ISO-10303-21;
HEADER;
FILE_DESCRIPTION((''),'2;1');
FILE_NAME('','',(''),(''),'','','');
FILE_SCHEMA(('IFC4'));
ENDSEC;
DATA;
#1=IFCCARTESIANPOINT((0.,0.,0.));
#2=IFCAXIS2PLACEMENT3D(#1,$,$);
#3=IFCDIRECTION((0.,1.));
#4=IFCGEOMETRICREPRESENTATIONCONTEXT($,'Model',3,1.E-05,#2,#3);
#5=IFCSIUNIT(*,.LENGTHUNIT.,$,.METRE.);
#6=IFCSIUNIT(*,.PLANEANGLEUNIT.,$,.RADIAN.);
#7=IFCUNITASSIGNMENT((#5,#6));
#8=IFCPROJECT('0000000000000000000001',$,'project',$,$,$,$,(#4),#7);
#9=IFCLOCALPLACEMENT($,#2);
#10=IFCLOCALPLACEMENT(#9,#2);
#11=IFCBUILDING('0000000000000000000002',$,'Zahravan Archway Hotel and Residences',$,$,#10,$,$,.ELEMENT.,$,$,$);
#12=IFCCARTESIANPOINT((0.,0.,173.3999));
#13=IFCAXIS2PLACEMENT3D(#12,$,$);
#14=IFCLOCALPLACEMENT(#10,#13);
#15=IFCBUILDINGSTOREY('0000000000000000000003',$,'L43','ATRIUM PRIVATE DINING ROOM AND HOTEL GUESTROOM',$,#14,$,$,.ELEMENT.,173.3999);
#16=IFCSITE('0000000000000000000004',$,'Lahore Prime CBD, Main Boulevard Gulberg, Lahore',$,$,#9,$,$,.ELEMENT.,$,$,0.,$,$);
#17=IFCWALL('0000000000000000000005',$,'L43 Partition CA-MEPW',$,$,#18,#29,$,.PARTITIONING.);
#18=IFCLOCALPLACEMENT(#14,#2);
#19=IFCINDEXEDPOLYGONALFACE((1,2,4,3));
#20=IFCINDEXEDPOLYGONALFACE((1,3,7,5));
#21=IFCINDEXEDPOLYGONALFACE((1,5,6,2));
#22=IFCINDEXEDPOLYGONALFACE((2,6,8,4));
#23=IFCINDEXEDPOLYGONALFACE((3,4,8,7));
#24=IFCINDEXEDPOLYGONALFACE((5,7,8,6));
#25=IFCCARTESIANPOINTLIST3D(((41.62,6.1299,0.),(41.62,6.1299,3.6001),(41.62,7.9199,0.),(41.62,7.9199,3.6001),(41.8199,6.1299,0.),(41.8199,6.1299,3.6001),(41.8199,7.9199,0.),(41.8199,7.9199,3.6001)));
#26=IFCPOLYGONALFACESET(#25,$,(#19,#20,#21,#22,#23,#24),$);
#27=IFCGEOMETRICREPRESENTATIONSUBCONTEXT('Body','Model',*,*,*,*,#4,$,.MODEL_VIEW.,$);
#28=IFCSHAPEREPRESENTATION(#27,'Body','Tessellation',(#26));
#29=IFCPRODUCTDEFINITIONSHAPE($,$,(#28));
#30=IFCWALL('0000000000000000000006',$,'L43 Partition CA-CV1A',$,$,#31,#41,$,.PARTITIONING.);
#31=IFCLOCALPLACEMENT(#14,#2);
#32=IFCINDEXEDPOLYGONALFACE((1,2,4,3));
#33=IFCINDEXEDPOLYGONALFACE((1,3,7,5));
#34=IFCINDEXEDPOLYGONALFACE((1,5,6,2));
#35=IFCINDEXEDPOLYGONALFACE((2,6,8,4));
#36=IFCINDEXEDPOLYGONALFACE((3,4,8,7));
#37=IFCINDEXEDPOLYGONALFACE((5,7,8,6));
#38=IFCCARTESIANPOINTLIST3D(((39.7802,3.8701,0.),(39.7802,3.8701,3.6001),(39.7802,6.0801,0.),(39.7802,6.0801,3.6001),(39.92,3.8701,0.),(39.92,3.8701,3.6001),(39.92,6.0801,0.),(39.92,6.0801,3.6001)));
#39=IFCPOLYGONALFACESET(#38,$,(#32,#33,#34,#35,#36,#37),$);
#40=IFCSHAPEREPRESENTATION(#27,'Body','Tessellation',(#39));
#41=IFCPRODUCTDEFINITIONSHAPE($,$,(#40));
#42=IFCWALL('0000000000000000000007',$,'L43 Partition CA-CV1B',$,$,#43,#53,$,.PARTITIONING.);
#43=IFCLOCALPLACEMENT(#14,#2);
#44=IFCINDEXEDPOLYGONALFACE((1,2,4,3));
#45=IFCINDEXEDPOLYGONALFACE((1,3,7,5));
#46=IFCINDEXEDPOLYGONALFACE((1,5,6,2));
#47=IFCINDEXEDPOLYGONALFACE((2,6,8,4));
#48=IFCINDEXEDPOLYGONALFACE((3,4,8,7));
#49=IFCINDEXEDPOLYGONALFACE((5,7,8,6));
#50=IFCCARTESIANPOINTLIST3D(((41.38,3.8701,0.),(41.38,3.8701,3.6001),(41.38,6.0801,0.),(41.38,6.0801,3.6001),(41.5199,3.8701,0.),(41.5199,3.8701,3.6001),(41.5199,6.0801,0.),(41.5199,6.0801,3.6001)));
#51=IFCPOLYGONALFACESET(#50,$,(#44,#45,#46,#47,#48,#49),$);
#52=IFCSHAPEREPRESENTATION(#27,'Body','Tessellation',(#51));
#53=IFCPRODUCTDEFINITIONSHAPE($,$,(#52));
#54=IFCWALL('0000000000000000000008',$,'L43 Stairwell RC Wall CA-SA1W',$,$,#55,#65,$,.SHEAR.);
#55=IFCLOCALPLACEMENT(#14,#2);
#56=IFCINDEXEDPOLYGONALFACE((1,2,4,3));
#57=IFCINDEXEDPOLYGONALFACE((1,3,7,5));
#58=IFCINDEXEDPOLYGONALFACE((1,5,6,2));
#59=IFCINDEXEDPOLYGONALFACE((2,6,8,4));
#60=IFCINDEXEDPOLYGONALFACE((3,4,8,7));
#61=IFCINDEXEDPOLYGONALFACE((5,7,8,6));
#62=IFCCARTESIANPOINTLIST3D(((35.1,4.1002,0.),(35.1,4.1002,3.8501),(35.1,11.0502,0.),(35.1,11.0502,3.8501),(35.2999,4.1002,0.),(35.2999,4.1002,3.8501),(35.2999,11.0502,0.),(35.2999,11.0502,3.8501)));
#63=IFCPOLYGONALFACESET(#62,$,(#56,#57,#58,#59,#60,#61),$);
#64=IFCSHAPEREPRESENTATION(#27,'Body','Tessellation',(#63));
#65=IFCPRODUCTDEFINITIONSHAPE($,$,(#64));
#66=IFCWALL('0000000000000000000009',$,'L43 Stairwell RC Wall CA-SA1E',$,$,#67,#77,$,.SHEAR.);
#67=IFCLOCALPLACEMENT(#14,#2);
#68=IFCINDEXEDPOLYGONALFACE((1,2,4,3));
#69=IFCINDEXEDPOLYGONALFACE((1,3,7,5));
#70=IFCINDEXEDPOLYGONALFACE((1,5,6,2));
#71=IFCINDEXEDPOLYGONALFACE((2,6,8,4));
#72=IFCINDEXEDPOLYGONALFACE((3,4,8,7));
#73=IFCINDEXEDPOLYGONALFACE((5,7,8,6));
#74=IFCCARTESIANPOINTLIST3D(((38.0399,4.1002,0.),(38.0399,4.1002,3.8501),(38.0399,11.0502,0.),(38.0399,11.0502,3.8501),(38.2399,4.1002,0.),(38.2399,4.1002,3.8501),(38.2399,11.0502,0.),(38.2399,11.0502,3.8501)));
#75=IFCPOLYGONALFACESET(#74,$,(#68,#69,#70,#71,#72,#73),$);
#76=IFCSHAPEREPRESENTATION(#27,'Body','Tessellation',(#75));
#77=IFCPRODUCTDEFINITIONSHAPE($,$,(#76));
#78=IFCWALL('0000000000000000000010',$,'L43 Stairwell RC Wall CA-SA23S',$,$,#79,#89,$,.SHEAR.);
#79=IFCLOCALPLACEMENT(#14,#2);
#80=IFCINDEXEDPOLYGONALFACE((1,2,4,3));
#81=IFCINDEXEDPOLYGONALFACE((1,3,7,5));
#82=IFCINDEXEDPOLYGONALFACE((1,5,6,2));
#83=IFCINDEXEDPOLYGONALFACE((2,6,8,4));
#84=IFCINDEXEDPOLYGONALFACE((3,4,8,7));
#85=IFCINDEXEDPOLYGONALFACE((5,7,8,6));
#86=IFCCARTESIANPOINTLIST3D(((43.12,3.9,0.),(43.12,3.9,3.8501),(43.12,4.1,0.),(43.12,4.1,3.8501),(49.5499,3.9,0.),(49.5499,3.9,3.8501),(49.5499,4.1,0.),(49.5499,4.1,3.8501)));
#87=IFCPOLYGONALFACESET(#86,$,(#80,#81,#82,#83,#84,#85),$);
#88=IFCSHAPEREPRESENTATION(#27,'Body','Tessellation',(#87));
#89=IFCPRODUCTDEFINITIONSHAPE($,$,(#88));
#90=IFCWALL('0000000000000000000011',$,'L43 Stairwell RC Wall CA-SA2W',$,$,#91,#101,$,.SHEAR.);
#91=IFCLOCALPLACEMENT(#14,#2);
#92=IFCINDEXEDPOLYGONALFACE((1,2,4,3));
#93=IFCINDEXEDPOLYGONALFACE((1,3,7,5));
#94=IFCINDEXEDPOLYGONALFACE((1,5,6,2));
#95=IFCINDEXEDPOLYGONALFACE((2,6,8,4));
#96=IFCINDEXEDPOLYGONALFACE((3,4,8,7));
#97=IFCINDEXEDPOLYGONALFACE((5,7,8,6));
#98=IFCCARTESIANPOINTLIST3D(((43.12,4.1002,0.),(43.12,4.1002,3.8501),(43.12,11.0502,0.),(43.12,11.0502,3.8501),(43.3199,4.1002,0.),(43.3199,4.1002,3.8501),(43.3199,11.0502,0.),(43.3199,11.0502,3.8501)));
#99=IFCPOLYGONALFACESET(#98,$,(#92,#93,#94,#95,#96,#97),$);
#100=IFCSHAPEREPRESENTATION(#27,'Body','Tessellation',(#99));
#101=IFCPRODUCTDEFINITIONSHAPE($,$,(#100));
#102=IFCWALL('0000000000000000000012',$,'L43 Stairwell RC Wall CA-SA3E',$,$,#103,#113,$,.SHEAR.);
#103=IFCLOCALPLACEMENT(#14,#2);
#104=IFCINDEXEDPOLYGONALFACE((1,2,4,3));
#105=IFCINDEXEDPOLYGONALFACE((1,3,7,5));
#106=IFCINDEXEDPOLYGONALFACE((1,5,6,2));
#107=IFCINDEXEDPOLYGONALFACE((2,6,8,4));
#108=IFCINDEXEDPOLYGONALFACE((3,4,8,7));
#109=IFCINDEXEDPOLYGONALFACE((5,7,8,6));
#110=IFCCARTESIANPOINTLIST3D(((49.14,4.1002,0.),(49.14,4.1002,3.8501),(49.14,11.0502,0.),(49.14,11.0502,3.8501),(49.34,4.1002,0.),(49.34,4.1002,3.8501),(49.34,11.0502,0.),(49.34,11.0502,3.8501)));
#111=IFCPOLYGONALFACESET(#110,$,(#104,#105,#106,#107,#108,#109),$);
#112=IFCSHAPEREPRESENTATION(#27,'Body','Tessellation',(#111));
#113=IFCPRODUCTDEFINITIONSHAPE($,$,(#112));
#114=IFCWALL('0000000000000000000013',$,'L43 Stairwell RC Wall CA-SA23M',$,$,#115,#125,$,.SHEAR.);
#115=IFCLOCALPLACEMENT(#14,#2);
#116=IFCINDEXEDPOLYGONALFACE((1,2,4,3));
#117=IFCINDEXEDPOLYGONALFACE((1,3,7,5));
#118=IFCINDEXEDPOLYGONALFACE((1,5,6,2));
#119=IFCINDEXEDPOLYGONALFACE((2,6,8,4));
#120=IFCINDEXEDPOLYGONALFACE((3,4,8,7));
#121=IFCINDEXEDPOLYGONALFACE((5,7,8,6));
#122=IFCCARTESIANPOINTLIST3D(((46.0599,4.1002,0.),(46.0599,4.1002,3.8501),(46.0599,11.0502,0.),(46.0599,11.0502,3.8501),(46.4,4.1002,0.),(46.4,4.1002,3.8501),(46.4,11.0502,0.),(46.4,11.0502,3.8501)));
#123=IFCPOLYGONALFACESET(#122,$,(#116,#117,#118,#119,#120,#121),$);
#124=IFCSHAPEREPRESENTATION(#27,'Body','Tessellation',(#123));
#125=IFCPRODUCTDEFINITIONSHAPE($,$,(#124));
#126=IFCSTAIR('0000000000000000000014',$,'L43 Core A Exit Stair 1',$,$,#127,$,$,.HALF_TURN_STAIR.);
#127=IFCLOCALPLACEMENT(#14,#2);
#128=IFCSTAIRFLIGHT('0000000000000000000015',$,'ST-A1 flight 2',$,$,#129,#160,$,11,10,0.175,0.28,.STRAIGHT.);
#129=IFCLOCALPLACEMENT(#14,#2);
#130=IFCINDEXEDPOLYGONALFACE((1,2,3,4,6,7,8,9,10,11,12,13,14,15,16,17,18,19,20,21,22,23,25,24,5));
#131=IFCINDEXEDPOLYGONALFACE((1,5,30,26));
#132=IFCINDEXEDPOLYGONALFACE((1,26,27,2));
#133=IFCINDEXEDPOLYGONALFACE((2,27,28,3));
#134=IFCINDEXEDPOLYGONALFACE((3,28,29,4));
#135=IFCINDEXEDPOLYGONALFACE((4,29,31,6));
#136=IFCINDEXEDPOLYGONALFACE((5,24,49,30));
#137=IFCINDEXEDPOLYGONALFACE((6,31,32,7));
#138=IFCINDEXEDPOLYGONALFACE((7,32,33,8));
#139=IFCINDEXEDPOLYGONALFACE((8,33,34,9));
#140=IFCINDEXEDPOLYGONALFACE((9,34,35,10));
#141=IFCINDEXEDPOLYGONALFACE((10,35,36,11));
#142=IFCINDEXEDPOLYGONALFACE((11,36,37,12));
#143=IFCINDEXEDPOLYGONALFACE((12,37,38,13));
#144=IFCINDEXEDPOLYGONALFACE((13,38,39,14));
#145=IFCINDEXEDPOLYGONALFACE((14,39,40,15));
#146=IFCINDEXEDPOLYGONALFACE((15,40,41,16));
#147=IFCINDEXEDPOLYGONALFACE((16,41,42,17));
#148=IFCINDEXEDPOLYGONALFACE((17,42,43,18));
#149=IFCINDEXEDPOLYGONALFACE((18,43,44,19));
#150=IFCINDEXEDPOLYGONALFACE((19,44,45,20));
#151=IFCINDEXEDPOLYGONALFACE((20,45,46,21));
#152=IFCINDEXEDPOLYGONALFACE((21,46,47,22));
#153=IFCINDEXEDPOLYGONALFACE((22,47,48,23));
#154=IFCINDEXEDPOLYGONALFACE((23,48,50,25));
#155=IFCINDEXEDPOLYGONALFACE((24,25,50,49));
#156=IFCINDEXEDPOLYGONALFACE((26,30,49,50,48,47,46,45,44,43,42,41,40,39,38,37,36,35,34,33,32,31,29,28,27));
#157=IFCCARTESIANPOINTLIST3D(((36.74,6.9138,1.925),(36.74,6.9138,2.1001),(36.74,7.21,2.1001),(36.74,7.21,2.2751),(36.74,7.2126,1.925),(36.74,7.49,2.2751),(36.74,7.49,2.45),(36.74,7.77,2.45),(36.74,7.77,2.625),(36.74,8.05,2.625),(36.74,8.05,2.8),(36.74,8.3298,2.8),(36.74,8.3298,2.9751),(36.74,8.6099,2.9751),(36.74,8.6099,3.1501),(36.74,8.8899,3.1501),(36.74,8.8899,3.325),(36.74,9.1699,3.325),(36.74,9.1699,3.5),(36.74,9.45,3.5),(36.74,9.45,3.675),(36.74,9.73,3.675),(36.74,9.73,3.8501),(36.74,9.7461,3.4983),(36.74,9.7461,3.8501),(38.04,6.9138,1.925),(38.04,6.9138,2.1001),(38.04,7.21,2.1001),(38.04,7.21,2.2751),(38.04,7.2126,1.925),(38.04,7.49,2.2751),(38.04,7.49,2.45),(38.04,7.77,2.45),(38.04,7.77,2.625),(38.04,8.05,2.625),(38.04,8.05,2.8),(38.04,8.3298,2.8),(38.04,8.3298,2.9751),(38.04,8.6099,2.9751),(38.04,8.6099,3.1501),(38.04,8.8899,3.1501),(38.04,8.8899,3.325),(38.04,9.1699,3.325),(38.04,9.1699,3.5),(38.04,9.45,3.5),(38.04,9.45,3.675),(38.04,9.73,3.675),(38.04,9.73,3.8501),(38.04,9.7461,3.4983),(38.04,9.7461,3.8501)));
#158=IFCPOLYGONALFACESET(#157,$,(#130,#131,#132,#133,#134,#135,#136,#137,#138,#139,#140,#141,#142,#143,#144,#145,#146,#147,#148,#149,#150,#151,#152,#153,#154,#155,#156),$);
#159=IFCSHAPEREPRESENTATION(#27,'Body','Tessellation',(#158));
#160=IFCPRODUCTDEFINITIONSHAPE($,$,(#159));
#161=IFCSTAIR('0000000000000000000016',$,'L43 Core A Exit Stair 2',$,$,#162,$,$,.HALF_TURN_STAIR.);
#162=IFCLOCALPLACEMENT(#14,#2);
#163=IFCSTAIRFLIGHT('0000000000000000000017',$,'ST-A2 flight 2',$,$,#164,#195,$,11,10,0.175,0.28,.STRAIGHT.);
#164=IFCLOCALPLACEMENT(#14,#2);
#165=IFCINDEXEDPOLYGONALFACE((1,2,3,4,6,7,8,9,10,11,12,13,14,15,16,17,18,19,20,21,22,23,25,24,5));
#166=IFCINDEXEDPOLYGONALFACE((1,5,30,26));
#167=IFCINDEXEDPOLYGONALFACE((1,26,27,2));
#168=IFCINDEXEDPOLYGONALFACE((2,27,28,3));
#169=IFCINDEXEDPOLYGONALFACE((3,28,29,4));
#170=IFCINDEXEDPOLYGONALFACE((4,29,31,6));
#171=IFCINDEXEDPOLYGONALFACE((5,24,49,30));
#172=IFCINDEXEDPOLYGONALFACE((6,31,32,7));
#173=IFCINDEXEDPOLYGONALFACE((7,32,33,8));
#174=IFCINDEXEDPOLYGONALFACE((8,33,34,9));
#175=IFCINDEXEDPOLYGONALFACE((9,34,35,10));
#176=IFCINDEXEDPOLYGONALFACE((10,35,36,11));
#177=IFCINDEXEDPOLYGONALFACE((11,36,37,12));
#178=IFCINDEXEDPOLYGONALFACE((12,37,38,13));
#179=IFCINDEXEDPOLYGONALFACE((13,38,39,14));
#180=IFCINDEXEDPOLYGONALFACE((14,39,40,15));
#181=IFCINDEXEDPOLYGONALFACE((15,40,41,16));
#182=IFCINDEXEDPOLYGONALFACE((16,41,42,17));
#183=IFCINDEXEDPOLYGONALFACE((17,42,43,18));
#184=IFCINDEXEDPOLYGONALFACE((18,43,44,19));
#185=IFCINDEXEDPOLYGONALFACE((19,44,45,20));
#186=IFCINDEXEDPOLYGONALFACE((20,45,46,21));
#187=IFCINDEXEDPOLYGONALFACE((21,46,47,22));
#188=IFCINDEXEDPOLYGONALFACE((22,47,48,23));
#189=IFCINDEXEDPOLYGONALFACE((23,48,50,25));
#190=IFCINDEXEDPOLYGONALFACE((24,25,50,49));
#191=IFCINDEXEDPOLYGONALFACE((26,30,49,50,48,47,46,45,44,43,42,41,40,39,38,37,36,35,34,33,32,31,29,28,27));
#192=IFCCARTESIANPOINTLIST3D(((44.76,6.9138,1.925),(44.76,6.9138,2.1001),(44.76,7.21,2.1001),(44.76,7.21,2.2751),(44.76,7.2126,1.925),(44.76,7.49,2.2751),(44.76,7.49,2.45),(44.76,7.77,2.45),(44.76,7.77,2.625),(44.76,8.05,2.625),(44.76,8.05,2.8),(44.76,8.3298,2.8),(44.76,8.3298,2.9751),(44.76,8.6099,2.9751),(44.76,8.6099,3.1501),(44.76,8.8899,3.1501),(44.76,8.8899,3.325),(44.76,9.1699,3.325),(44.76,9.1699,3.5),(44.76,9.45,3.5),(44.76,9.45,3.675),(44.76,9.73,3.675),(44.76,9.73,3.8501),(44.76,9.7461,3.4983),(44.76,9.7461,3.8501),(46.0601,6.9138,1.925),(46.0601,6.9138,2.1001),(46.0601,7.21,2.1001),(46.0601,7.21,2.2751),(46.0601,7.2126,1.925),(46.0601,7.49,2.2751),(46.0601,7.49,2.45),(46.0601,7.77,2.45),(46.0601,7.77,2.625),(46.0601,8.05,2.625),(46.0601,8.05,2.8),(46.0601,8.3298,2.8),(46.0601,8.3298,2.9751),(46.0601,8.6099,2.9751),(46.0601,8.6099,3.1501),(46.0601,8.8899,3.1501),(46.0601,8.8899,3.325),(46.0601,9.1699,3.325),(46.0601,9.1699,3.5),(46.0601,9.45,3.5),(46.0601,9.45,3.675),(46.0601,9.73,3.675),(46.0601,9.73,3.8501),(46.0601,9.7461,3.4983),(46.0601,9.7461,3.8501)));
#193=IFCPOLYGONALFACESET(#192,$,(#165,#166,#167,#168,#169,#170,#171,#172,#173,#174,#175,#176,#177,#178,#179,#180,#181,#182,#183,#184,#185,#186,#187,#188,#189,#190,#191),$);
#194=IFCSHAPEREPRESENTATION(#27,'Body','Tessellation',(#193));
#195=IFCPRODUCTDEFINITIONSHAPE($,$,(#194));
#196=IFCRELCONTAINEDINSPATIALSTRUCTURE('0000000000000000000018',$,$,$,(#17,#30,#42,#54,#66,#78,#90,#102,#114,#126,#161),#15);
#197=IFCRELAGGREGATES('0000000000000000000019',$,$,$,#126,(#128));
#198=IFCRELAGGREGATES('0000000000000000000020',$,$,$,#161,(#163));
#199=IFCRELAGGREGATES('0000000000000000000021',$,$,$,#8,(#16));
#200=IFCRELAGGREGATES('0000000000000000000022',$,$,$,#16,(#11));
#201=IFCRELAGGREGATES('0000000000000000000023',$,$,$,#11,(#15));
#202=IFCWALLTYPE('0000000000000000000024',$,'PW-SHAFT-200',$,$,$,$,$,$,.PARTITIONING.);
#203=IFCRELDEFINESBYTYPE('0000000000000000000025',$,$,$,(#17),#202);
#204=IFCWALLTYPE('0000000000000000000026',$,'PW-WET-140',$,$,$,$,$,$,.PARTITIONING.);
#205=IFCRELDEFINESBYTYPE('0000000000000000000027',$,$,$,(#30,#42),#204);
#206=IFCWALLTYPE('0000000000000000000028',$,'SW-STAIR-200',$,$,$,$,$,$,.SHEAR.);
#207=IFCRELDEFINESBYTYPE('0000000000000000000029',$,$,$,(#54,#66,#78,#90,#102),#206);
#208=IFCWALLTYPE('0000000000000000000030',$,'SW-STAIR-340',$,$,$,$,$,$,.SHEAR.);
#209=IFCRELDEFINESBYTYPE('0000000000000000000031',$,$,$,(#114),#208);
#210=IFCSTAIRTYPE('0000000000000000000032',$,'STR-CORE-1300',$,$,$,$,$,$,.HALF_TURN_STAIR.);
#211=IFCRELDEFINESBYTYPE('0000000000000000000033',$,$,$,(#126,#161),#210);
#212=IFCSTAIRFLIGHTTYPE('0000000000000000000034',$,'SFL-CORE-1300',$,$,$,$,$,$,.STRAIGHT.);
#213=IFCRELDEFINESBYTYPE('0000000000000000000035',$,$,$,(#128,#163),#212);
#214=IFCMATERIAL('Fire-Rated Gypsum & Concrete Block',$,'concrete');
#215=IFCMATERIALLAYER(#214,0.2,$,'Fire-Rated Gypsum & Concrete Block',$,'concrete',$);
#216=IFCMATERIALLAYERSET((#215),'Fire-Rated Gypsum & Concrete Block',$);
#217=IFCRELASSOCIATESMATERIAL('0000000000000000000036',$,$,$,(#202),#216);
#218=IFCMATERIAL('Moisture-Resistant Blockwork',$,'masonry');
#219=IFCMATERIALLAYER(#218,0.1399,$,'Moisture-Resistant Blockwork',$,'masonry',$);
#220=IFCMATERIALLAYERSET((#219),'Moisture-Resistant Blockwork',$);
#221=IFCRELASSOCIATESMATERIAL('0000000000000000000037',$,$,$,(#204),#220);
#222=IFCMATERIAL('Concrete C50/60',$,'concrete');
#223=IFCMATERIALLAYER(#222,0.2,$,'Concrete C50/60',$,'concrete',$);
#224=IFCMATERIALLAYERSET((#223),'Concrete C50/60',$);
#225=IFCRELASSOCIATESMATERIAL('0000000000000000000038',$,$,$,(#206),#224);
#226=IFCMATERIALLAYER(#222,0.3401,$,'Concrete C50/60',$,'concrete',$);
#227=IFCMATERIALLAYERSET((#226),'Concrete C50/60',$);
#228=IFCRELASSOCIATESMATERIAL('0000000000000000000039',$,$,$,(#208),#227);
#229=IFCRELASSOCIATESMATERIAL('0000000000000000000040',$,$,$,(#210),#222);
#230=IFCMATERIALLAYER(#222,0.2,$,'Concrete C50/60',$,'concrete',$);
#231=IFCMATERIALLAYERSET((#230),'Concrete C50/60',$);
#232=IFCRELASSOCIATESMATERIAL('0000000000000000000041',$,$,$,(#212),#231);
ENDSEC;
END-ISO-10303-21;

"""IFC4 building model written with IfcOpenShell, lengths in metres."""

from ifc_helpers import new_model, si_unit, direction, frame, frame_2d, origin, place, context, subcontext, project, spatial, polyline, rectangle, outline, extrude, source, transform, mapped, material, layer, layer_set, type_object, element, aggregate, save


model = new_model("IFC4")

# Units and contexts
model_context = context("Model", 3, precision=1e-05, world=origin(), true_north=direction((0.0, 1.0)))
body_context = subcontext(model_context, "Body", "Model", "MODEL_VIEW")
ifc_project = project(units=[si_unit("LENGTHUNIT", "METRE"), si_unit("PLANEANGLEUNIT", "RADIAN")], contexts=[model_context])

# Site, building, storey
site_placement = place(None, origin())
site = spatial("IfcSite", under=ifc_project, at=site_placement, Name="Lahore Prime CBD, Main Boulevard Gulberg, Lahore", CompositionType="ELEMENT", RefElevation=0.0)
building_placement = place(site_placement, origin())
building = spatial("IfcBuilding", under=site, at=building_placement, Name="Zahravan Archway Hotel and Residences", CompositionType="ELEMENT")
storey_placement = place(building_placement, frame((0.0, 0.0, 173.3999)))
storey = spatial("IfcBuildingStorey", under=building, at=storey_placement, Name="L43", Description="ATRIUM PRIVATE DINING ROOM AND HOTEL GUESTROOM", CompositionType="ELEMENT", Elevation=173.3999)

# Shared definitions
ifc_material_1 = material(Name="Fire-Rated Gypsum & Concrete Block", Category="concrete")
ifc_layer_1 = layer(ifc_material_1, 0.2, Name="Fire-Rated Gypsum & Concrete Block", Category="concrete")
ifc_layer_set_1 = layer_set([ifc_layer_1], Name="Fire-Rated Gypsum & Concrete Block")
wall_type_1 = type_object("IfcWallType", Name="PW-SHAFT-200", PredefinedType="PARTITIONING", material=ifc_layer_set_1)

# Walls
wall_1_placement = place(storey_placement, frame((41.72, 6.1299, 0.0), z_axis=(0.0, 0.0, 1.0), x_axis=(0.0, 1.0, 0.0)))
element("IfcWall", 1, at=wall_1_placement, inside=storey, type_object=wall_type_1, Name="L43 Partition CA-MEPW", PredefinedType="PARTITIONING", context=body_context, shape_type="SweptSolid", body=[
    extrude(rectangle(XDim=1.79, YDim=0.2, at=frame_2d((0.895, 0.0))), origin(), (0.0, 0.0, 1.0), 3.6001),
])
ifc_material_2 = material(Name="Moisture-Resistant Blockwork", Category="masonry")
ifc_layer_2 = layer(ifc_material_2, 0.1399, Name="Moisture-Resistant Blockwork", Category="masonry")
ifc_layer_set_2 = layer_set([ifc_layer_2], Name="Moisture-Resistant Blockwork")
wall_type_2 = type_object("IfcWallType", Name="PW-WET-140", PredefinedType="PARTITIONING", material=ifc_layer_set_2)
for number, where, z_axis, x_axis, name in (
    (2, (39.8501, 3.8701, 0.0), (0.0, 0.0, 1.0), (0.0, 1.0, 0.0), "L43 Partition CA-CV1A"),
    (3, (41.45, 3.8701, 0.0), (0.0, 0.0, 1.0), (0.0, 1.0, 0.0), "L43 Partition CA-CV1B"),
):
    element("IfcWall", number, at=place(storey_placement, frame(where, z_axis=z_axis, x_axis=x_axis)), inside=storey, type_object=wall_type_2, Name=name, PredefinedType="PARTITIONING", context=body_context, shape_type="SweptSolid", body=[
        extrude(rectangle(XDim=2.21, YDim=0.1399, at=frame_2d((1.105, 0.0))), origin(), (0.0, 0.0, 1.0), 3.6001),
    ])
ifc_material_3 = material(Name="Concrete C50/60", Category="concrete")
ifc_layer_3 = layer(ifc_material_3, 0.2, Name="Concrete C50/60", Category="concrete")
ifc_layer_set_3 = layer_set([ifc_layer_3], Name="Concrete C50/60")
wall_type_3 = type_object("IfcWallType", Name="SW-STAIR-200", PredefinedType="SHEAR", material=ifc_layer_set_3)
for number, where, z_axis, x_axis, name in (
    (4, (35.2, 4.1001, 0.0), (0.0, 0.0, 1.0), (0.0, 1.0, 0.0), "L43 Stairwell RC Wall CA-SA1W"),
    (5, (38.1399, 4.1001, 0.0), (0.0, 0.0, 1.0), (0.0, 1.0, 0.0), "L43 Stairwell RC Wall CA-SA1E"),
):
    element("IfcWall", number, at=place(storey_placement, frame(where, z_axis=z_axis, x_axis=x_axis)), inside=storey, type_object=wall_type_3, Name=name, PredefinedType="SHEAR", context=body_context, shape_type="SweptSolid", body=[
        extrude(rectangle(XDim=6.95, YDim=0.2, at=frame_2d((3.4751, 0.0))), origin(), (0.0, 0.0, 1.0), 3.8501),
    ])
wall_2_placement = place(storey_placement, frame((43.1201, 4.0, 0.0), z_axis=(0.0, 0.0, 1.0), x_axis=(1.0, 0.0, 0.0)))
element("IfcWall", 6, at=wall_2_placement, inside=storey, type_object=wall_type_3, Name="L43 Stairwell RC Wall CA-SA23S", PredefinedType="SHEAR", context=body_context, shape_type="SweptSolid", body=[
    extrude(rectangle(XDim=6.4299, YDim=0.2, at=frame_2d((3.2148, 0.0))), origin(), (0.0, 0.0, 1.0), 3.8501),
])
for number, where, z_axis, x_axis, name in (
    (7, (43.22, 4.1001, 0.0), (0.0, 0.0, 1.0), (0.0, 1.0, 0.0), "L43 Stairwell RC Wall CA-SA2W"),
    (8, (49.24, 4.1001, 0.0), (0.0, 0.0, 1.0), (0.0, 1.0, 0.0), "L43 Stairwell RC Wall CA-SA3E"),
):
    element("IfcWall", number, at=place(storey_placement, frame(where, z_axis=z_axis, x_axis=x_axis)), inside=storey, type_object=wall_type_3, Name=name, PredefinedType="SHEAR", context=body_context, shape_type="SweptSolid", body=[
        extrude(rectangle(XDim=6.95, YDim=0.2, at=frame_2d((3.4751, 0.0))), origin(), (0.0, 0.0, 1.0), 3.8501),
    ])
ifc_layer_4 = layer(ifc_material_3, 0.3401, Name="Concrete C50/60", Category="concrete")
ifc_layer_set_4 = layer_set([ifc_layer_4], Name="Concrete C50/60")
wall_type_4 = type_object("IfcWallType", Name="SW-STAIR-340", PredefinedType="SHEAR", material=ifc_layer_set_4)
wall_3_placement = place(storey_placement, frame((46.23, 4.1001, 0.0), z_axis=(0.0, 0.0, 1.0), x_axis=(0.0, 1.0, 0.0)))
element("IfcWall", 9, at=wall_3_placement, inside=storey, type_object=wall_type_4, Name="L43 Stairwell RC Wall CA-SA23M", PredefinedType="SHEAR", context=body_context, shape_type="SweptSolid", body=[
    extrude(rectangle(XDim=6.95, YDim=0.3401, at=frame_2d((3.4751, 0.0))), origin(), (0.0, 0.0, 1.0), 3.8501),
])

# Stairs, stair flights
stair_type = type_object("IfcStairType", Name="STR-CORE-1300", PredefinedType="HALF_TURN_STAIR", material=ifc_material_3)
stair_1_placement = place(storey_placement, origin())
stair_1 = element("IfcStair", 10, at=stair_1_placement, inside=storey, type_object=stair_type, Name="L43 Core A Exit Stair 1", PredefinedType="HALF_TURN_STAIR")
ifc_layer_5 = layer(ifc_material_3, 0.2, Name="Concrete C50/60", Category="concrete")
ifc_layer_set_5 = layer_set([ifc_layer_5], Name="Concrete C50/60")
stair_flight_type = type_object("IfcStairFlightType", Name="SFL-CORE-1300", PredefinedType="STRAIGHT", material=ifc_layer_set_5)
shared_shape_1 = source(origin(), body_context, "Body", "SweptSolid", [
    extrude(outline(polyline([(-0.0161, 0.0), (-0.0161, 0.175), (0.28, 0.175), (0.28, 0.3501), (0.5601, 0.3501), (0.5601, 0.5249), (0.8401, 0.5249), (0.8401, 0.7), (1.1201, 0.7), (1.1201, 0.875), (1.3999, 0.875), (1.3999, 1.05), (1.6799, 1.05), (1.6799, 1.2251), (1.96, 1.2251), (1.96, 1.3999), (2.24, 1.3999), (2.24, 1.575), (2.52, 1.575), (2.52, 1.75), (2.8, 1.75), (2.8, 1.925), (2.8162, 1.925), (2.8162, 1.5732), (0.2827, 0.0), (-0.0161, 0.0)])), frame((0.0, 0.6499, 0.0), z_axis=(0.0, -1.0, 0.0), x_axis=(1.0, 0.0, 0.0)), (0.0, 0.0, 1.0), 1.3),
])
stair_flight_1_placement = place(storey_placement, frame((37.3899, 6.9299, 1.925), z_axis=(0.0, 0.0, 1.0), x_axis=(0.0, 1.0, 0.0)))
stair_flight_1 = element("IfcStairFlight", 11, at=stair_flight_1_placement, type_object=stair_flight_type, Name="ST-A1 flight 2", NumberOfRisers=11, NumberOfTreads=10, PredefinedType="STRAIGHT", RiserHeight=0.175, TreadLength=0.28, context=body_context, shape_type="MappedRepresentation", body=[
    mapped(shared_shape_1, transform((0.0, 0.0, 0.0), scale=1.0)),
])
aggregate(stair_1, [stair_flight_1])
stair_2_placement = place(storey_placement, origin())
stair_2 = element("IfcStair", 12, at=stair_2_placement, inside=storey, type_object=stair_type, Name="L43 Core A Exit Stair 2", PredefinedType="HALF_TURN_STAIR")
stair_flight_2_placement = place(storey_placement, frame((45.4099, 6.9299, 1.925), z_axis=(0.0, 0.0, 1.0), x_axis=(0.0, 1.0, 0.0)))
stair_flight_2 = element("IfcStairFlight", 13, at=stair_flight_2_placement, type_object=stair_flight_type, Name="ST-A2 flight 2", NumberOfRisers=11, NumberOfTreads=10, PredefinedType="STRAIGHT", RiserHeight=0.175, TreadLength=0.28, context=body_context, shape_type="MappedRepresentation", body=[
    mapped(shared_shape_1, transform((0.0, 0.0, 0.0), scale=1.0)),
])
aggregate(stair_2, [stair_flight_2])

save(model, "model.ifc")
